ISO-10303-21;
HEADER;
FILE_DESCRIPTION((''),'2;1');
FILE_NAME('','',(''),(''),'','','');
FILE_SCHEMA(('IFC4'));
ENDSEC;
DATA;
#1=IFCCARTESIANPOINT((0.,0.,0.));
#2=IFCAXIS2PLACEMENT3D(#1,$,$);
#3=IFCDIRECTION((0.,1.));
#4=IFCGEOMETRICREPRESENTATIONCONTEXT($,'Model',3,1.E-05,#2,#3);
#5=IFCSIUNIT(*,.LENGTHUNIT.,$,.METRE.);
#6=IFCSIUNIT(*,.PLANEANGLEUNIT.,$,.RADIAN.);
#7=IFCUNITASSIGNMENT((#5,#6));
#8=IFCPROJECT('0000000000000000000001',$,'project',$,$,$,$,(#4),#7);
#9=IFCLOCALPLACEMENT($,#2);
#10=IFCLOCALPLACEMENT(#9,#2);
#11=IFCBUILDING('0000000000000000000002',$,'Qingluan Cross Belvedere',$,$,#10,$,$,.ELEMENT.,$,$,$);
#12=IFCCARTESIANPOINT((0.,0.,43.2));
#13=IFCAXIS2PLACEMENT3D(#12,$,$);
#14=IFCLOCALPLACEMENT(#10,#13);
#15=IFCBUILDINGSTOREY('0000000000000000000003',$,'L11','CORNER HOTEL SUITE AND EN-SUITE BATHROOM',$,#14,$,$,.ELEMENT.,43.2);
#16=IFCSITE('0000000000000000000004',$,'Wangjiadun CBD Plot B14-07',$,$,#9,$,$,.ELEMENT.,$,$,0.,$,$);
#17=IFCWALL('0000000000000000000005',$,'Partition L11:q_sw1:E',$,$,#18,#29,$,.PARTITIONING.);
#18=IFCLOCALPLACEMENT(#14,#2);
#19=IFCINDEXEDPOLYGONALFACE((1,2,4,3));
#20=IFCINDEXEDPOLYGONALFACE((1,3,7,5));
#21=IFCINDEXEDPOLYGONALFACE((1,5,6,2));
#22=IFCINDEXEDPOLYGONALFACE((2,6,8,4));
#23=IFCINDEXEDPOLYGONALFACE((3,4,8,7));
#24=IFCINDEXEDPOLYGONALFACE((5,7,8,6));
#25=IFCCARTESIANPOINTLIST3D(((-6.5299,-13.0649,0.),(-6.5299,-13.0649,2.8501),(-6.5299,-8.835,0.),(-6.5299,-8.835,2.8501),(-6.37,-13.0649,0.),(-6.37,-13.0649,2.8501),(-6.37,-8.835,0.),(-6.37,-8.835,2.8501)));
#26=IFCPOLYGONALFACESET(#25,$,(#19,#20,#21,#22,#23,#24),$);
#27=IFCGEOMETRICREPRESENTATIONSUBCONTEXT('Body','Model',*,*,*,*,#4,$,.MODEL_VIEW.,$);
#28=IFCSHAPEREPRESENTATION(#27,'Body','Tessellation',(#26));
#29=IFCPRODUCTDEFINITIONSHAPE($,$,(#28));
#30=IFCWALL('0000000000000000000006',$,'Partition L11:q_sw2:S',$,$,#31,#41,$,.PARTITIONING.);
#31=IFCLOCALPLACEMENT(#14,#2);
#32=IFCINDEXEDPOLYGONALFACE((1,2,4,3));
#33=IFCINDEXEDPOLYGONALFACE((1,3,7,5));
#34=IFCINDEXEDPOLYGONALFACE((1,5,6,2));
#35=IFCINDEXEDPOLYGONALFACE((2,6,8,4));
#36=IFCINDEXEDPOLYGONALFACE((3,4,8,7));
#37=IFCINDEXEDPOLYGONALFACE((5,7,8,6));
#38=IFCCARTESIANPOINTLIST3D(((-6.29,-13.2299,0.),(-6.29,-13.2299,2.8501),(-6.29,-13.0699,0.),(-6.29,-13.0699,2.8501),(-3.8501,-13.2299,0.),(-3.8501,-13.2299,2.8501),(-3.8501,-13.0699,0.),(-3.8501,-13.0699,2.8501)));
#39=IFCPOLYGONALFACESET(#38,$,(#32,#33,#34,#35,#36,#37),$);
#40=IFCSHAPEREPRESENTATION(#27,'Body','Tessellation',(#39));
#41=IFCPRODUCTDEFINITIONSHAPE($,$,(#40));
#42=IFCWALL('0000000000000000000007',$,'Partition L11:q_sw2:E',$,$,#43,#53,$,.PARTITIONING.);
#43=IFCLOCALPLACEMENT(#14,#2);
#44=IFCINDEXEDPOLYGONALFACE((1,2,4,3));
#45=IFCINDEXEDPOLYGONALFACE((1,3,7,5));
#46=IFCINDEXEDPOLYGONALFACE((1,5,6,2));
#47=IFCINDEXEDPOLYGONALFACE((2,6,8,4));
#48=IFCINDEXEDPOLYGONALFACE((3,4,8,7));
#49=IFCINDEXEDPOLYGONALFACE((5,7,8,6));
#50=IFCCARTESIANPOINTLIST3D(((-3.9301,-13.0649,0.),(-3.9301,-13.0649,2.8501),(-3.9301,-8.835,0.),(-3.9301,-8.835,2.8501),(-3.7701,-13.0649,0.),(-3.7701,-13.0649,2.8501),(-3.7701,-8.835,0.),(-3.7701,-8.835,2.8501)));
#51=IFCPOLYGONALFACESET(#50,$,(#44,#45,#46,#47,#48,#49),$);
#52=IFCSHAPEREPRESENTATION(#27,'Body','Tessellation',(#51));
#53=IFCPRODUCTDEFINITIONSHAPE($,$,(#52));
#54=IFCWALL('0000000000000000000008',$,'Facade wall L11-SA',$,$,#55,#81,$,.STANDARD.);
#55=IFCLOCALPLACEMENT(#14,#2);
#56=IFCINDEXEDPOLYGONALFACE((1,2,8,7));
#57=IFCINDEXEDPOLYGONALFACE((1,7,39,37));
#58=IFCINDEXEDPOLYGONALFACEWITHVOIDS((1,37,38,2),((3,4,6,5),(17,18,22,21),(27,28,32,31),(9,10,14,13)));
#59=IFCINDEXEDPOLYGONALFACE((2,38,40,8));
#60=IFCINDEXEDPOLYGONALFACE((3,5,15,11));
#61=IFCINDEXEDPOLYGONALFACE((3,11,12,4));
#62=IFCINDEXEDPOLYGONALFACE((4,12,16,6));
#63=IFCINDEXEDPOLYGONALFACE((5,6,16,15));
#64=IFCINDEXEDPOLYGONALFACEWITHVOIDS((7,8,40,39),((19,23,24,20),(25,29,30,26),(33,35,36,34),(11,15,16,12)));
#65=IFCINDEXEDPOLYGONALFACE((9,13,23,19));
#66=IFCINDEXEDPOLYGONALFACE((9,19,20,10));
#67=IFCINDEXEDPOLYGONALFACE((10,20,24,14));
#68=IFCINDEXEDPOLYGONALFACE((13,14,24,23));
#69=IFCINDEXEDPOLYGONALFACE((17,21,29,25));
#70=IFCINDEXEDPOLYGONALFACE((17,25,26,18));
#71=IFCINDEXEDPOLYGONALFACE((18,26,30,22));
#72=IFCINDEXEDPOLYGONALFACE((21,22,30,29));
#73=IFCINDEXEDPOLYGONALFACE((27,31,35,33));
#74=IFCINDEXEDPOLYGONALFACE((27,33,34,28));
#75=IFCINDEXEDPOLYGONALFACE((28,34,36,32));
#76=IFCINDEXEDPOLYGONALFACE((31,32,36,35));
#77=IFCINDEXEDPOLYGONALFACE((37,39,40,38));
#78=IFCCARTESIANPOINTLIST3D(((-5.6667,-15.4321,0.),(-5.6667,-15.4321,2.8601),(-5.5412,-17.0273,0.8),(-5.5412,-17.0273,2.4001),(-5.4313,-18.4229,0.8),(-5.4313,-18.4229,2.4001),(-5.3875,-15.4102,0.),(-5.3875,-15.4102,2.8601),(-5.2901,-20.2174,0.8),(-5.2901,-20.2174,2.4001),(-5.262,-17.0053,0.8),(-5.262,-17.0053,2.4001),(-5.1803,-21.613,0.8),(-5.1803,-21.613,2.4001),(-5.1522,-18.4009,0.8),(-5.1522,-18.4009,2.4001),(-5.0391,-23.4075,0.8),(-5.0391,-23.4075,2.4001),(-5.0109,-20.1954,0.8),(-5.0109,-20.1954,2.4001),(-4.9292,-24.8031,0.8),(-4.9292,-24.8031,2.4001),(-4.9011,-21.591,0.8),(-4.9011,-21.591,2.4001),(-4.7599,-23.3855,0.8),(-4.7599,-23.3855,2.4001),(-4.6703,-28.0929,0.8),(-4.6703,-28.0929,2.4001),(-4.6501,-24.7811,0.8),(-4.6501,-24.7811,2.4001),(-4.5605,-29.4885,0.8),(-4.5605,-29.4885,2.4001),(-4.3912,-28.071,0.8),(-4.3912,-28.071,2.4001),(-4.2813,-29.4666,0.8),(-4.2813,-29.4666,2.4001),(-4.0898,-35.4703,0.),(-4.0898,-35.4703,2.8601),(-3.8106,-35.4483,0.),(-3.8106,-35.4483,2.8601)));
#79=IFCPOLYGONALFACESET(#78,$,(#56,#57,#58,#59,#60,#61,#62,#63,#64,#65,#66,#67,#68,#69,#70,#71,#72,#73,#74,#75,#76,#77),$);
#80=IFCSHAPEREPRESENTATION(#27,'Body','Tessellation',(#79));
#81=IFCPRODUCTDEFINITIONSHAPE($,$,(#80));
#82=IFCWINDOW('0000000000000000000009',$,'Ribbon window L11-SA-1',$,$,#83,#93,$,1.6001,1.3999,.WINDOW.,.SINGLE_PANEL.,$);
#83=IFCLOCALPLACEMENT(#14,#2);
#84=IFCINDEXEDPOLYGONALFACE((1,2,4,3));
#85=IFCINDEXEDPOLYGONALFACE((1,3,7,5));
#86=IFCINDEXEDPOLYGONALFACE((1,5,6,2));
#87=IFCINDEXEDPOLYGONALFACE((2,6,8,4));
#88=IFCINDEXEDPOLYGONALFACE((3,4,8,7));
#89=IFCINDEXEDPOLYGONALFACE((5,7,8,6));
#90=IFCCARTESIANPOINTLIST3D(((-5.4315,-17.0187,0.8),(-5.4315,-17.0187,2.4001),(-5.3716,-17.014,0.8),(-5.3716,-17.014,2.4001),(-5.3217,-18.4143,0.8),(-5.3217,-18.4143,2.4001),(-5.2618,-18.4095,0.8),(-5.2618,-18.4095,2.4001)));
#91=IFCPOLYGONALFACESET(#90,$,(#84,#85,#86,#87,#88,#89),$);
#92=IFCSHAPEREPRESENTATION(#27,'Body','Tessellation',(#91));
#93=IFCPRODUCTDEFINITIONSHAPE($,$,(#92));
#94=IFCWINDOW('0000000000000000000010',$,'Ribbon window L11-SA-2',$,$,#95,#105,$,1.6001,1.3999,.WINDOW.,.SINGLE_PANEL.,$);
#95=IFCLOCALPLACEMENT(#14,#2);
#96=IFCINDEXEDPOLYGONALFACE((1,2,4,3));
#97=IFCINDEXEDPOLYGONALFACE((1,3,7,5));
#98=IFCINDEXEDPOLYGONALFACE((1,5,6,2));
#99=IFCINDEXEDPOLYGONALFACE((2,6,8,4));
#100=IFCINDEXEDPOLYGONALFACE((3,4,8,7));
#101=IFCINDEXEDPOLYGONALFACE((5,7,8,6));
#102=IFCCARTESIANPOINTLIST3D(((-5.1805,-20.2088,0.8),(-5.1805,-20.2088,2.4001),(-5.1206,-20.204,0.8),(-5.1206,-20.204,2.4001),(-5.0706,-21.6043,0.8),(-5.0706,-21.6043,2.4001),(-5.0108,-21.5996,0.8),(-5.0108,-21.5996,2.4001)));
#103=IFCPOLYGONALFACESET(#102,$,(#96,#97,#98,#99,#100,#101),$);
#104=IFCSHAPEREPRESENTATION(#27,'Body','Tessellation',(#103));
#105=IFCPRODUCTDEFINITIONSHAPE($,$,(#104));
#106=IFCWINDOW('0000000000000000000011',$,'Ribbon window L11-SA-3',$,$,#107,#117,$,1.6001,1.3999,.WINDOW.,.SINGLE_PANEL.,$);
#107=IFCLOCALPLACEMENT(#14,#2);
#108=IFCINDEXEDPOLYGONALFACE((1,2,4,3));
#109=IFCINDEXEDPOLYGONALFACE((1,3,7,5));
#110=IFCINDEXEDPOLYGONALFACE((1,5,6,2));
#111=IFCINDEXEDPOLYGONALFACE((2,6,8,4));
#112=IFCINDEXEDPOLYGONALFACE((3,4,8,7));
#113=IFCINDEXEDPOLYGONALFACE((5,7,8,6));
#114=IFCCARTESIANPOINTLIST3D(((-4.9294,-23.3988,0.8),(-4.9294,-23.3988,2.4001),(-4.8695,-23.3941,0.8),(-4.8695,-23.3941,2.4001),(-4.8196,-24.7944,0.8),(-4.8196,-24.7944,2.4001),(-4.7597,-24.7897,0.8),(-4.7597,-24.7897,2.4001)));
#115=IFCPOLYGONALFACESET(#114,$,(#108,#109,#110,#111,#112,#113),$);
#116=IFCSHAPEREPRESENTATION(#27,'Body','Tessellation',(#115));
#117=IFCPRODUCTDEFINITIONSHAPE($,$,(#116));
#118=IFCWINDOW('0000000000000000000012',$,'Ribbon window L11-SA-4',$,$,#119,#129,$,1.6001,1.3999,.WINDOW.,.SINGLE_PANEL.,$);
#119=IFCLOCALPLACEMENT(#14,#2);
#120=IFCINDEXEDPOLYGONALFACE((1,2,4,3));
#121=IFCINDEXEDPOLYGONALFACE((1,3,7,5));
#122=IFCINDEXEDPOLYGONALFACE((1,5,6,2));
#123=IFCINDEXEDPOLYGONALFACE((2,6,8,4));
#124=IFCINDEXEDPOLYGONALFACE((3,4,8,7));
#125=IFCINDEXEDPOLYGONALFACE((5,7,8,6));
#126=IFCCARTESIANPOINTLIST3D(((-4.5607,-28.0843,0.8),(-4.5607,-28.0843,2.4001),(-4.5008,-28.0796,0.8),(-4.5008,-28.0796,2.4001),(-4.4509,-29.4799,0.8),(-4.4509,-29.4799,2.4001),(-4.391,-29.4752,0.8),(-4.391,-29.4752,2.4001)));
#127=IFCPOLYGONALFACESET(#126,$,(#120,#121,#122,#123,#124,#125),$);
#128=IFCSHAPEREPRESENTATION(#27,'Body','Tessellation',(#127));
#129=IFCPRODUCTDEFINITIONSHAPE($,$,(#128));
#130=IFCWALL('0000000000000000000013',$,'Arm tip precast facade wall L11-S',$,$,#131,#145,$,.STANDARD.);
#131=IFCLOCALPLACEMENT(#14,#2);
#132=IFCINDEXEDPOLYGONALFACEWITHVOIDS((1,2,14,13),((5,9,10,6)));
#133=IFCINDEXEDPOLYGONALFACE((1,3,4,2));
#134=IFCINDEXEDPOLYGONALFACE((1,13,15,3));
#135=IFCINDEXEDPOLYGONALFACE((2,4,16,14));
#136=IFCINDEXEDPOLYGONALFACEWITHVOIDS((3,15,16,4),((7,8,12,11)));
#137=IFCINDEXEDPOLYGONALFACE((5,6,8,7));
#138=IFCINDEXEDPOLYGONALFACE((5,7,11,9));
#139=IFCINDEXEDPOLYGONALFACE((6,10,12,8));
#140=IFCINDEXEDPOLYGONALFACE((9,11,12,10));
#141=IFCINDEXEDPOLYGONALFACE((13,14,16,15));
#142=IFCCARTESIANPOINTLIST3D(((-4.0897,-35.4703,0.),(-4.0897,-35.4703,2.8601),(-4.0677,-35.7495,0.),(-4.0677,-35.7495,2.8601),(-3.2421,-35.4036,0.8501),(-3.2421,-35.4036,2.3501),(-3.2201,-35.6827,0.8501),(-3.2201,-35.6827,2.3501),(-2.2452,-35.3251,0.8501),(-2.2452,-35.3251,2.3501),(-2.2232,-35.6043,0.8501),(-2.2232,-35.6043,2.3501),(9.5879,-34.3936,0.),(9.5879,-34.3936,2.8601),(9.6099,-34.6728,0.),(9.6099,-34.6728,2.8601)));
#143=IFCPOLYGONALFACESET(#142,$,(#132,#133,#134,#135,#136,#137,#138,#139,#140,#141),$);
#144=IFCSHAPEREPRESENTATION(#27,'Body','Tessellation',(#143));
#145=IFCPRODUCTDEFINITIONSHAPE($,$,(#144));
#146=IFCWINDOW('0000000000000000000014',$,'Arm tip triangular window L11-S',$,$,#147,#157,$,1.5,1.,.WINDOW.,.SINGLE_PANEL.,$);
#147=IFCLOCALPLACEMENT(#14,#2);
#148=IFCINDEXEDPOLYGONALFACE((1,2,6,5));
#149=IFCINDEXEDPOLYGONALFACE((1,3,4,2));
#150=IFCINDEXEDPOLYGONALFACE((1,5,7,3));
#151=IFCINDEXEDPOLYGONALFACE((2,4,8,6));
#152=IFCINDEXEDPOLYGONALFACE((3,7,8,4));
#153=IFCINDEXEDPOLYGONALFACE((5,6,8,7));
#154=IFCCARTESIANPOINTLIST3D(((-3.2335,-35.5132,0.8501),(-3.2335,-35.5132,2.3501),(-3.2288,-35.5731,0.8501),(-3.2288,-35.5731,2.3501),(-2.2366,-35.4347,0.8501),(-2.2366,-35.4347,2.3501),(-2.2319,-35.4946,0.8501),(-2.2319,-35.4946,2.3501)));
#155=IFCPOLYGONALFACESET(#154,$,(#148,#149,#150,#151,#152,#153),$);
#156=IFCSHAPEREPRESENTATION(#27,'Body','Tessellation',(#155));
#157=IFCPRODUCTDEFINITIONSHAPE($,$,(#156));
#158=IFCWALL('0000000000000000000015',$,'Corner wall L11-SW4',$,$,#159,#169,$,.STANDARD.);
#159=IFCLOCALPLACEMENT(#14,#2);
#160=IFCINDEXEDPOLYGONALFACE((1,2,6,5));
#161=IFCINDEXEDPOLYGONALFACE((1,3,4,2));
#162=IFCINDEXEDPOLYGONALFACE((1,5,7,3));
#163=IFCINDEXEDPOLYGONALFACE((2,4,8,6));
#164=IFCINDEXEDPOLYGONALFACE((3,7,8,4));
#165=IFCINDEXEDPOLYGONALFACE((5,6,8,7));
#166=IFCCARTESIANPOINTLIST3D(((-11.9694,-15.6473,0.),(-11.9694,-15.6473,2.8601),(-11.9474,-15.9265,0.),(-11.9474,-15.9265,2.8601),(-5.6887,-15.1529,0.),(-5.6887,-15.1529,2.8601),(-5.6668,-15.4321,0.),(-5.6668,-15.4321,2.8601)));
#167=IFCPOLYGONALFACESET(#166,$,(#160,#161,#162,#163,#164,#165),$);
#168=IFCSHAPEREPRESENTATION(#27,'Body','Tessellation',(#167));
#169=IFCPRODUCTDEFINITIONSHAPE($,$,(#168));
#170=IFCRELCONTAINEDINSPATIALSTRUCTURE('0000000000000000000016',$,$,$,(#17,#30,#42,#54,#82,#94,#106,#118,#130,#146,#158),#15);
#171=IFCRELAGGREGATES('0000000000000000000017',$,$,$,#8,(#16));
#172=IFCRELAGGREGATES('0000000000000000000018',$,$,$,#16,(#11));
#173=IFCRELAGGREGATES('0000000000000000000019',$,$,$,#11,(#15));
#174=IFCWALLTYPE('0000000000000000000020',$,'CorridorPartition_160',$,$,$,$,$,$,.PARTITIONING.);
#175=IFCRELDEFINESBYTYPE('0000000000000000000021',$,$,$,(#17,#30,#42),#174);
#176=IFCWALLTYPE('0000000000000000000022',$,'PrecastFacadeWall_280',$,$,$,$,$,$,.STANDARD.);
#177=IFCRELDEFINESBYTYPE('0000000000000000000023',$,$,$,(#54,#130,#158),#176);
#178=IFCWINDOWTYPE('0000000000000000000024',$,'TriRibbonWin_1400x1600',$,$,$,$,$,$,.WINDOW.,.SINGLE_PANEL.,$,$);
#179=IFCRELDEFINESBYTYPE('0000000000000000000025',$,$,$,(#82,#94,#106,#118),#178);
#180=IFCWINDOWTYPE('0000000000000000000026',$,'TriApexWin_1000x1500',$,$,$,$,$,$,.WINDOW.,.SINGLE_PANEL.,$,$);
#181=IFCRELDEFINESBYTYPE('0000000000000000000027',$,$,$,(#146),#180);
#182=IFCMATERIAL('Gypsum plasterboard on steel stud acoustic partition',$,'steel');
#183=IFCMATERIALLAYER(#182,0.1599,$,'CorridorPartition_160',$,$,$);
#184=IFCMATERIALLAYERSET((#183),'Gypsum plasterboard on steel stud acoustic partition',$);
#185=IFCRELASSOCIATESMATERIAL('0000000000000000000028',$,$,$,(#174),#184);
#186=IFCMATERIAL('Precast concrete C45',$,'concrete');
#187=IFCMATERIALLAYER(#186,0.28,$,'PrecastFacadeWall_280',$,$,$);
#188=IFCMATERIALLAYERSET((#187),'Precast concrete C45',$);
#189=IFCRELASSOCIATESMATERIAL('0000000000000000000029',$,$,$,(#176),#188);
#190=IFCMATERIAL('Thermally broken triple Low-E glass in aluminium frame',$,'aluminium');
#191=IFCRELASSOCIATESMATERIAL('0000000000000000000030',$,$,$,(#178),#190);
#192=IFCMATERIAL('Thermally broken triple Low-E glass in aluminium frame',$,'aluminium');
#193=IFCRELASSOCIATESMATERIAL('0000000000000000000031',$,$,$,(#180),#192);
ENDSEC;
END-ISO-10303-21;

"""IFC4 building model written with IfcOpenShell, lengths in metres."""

from ifc_helpers import new_model, si_unit, direction, frame, frame_2d, origin, place, context, subcontext, project, spatial, rectangle, extrude, material, layer, layer_set, type_object, element, fill, save


model = new_model("IFC4")

# Units and contexts
model_context = context("Model", 3, precision=1e-05, world=origin(), true_north=direction((0.0, 1.0)))
body_context = subcontext(model_context, "Body", "Model", "MODEL_VIEW")
ifc_project = project(units=[si_unit("LENGTHUNIT", "METRE"), si_unit("PLANEANGLEUNIT", "RADIAN")], contexts=[model_context])

# Site, building, storey
site_placement = place(None, origin())
site = spatial("IfcSite", under=ifc_project, at=site_placement, Name="Wangjiadun CBD Plot B14-07", CompositionType="ELEMENT", RefElevation=0.0)
building_placement = place(site_placement, origin())
building = spatial("IfcBuilding", under=site, at=building_placement, Name="Qingluan Cross Belvedere", CompositionType="ELEMENT")
storey_placement = place(building_placement, frame((0.0, 0.0, 43.2)))
storey = spatial("IfcBuildingStorey", under=building, at=storey_placement, Name="L11", Description="CORNER HOTEL SUITE AND EN-SUITE BATHROOM", CompositionType="ELEMENT", Elevation=43.2)

# Walls
ifc_material_1 = material(Name="Gypsum plasterboard on steel stud acoustic partition", Category="steel")
ifc_layer_1 = layer(ifc_material_1, 0.1599, Name="CorridorPartition_160")
ifc_layer_set_1 = layer_set([ifc_layer_1], Name="Gypsum plasterboard on steel stud acoustic partition")
wall_type_1 = type_object("IfcWallType", Name="CorridorPartition_160", PredefinedType="PARTITIONING", material=ifc_layer_set_1)
wall_1_placement = place(storey_placement, frame((-6.45, -13.0649, 0.0), z_axis=(0.0, 0.0, 1.0), x_axis=(0.0, 1.0, 0.0)))
element("IfcWall", 1, at=wall_1_placement, inside=storey, type_object=wall_type_1, Name="Partition L11:q_sw1:E", PredefinedType="PARTITIONING", context=body_context, shape_type="SweptSolid", body=[
    extrude(rectangle(XDim=4.23, YDim=0.1599, at=frame_2d((2.115, 0.0))), origin(), (0.0, 0.0, 1.0), 2.8501),
])
wall_2_placement = place(storey_placement, frame((-6.29, -13.1499, 0.0), z_axis=(0.0, 0.0, 1.0), x_axis=(1.0, 0.0, 0.0)))
element("IfcWall", 2, at=wall_2_placement, inside=storey, type_object=wall_type_1, Name="Partition L11:q_sw2:S", PredefinedType="PARTITIONING", context=body_context, shape_type="SweptSolid", body=[
    extrude(rectangle(XDim=2.4399, YDim=0.1599, at=frame_2d((1.22, 0.0))), origin(), (0.0, 0.0, 1.0), 2.8501),
])

# Wall
wall_3_placement = place(storey_placement, frame((-3.8501, -13.0649, 0.0), z_axis=(0.0, 0.0, 1.0), x_axis=(0.0, 1.0, 0.0)))
element("IfcWall", 3, at=wall_3_placement, inside=storey, type_object=wall_type_1, Name="Partition L11:q_sw2:E", PredefinedType="PARTITIONING", context=body_context, shape_type="SweptSolid", body=[
    extrude(rectangle(XDim=4.23, YDim=0.1599, at=frame_2d((2.115, 0.0))), origin(), (0.0, 0.0, 1.0), 2.8501),
])

# Wall, openings, windows
ifc_material_2 = material(Name="Precast concrete C45", Category="concrete")
ifc_layer_2 = layer(ifc_material_2, 0.28, Name="PrecastFacadeWall_280")
ifc_layer_set_2 = layer_set([ifc_layer_2], Name="Precast concrete C45")
wall_type_2 = type_object("IfcWallType", Name="PrecastFacadeWall_280", PredefinedType="STANDARD", material=ifc_layer_set_2)
wall_4_placement = place(storey_placement, frame((-5.5271, -15.4211, 0.0), z_axis=(0.0, 0.0, 1.0), x_axis=(0.078453, -0.996918, 0.0)))
wall_4 = element("IfcWall", 4, at=wall_4_placement, inside=storey, type_object=wall_type_2, Name="Facade wall L11-SA", PredefinedType="STANDARD", context=body_context, shape_type="SweptSolid", body=[
    extrude(rectangle(XDim=20.1001, YDim=0.28, at=frame_2d((10.05, 0.0))), origin(), (0.0, 0.0, 1.0), 2.8601),
])
opening_1_placement = place(wall_4_placement, frame((1.6001, 0.0, 0.8)))
opening_1 = element("IfcOpeningElement", 5, at=opening_1_placement, cuts=wall_4, PredefinedType="OPENING", context=body_context, shape_type="SweptSolid", body=[
    extrude(rectangle(XDim=1.3999, YDim=1.6001, at=frame_2d((0.7, 0.8))), frame((0.0, 0.1499, 0.0), z_axis=(0.0, -1.0, 0.0), x_axis=(1.0, 0.0, 0.0)), (0.0, 0.0, 1.0), 0.3),
])
opening_2_placement = place(wall_4_placement, frame((4.8, 0.0, 0.8)))
opening_2 = element("IfcOpeningElement", 6, at=opening_2_placement, cuts=wall_4, PredefinedType="OPENING", context=body_context, shape_type="SweptSolid", body=[
    extrude(rectangle(XDim=1.3999, YDim=1.6001, at=frame_2d((0.7, 0.8))), frame((0.0, 0.1499, 0.0), z_axis=(0.0, -1.0, 0.0), x_axis=(1.0, 0.0, 0.0)), (0.0, 0.0, 1.0), 0.3),
])
opening_3_placement = place(wall_4_placement, frame((8.0, 0.0, 0.8)))
opening_3 = element("IfcOpeningElement", 7, at=opening_3_placement, cuts=wall_4, PredefinedType="OPENING", context=body_context, shape_type="SweptSolid", body=[
    extrude(rectangle(XDim=1.3999, YDim=1.6001, at=frame_2d((0.7, 0.8))), frame((0.0, 0.1499, 0.0), z_axis=(0.0, -1.0, 0.0), x_axis=(1.0, 0.0, 0.0)), (0.0, 0.0, 1.0), 0.3),
])
opening_4_placement = place(wall_4_placement, frame((12.7, 0.0, 0.8)))
opening_4 = element("IfcOpeningElement", 8, at=opening_4_placement, cuts=wall_4, PredefinedType="OPENING", context=body_context, shape_type="SweptSolid", body=[
    extrude(rectangle(XDim=1.3999, YDim=1.6001, at=frame_2d((0.7, 0.8))), frame((0.0, 0.1499, 0.0), z_axis=(0.0, -1.0, 0.0), x_axis=(1.0, 0.0, 0.0)), (0.0, 0.0, 1.0), 0.3),
])
ifc_material_3 = material(Name="Thermally broken triple Low-E glass in aluminium frame", Category="aluminium")
window_type_1 = type_object("IfcWindowType", Name="TriRibbonWin_1400x1600", PartitioningType="SINGLE_PANEL", PredefinedType="WINDOW", material=ifc_material_3)
window_1_placement = place(opening_1_placement, origin())
window_1 = element("IfcWindow", 9, at=window_1_placement, inside=storey, type_object=window_type_1, Name="Ribbon window L11-SA-1", OverallHeight=1.6001, OverallWidth=1.3999, PartitioningType="SINGLE_PANEL", PredefinedType="WINDOW", context=body_context, shape_type="SweptSolid", body=[
    extrude(rectangle(XDim=1.3999, YDim=1.6001, at=frame_2d((0.7, 0.8))), frame((0.0, 0.03, 0.0), z_axis=(0.0, -1.0, 0.0), x_axis=(1.0, 0.0, 0.0)), (0.0, 0.0, 1.0), 0.0601),
])
fill(opening_1, window_1)
window_2_placement = place(opening_2_placement, origin())
window_2 = element("IfcWindow", 10, at=window_2_placement, inside=storey, type_object=window_type_1, Name="Ribbon window L11-SA-2", OverallHeight=1.6001, OverallWidth=1.3999, PartitioningType="SINGLE_PANEL", PredefinedType="WINDOW", context=body_context, shape_type="SweptSolid", body=[
    extrude(rectangle(XDim=1.3999, YDim=1.6001, at=frame_2d((0.7, 0.8))), frame((0.0, 0.03, 0.0), z_axis=(0.0, -1.0, 0.0), x_axis=(1.0, 0.0, 0.0)), (0.0, 0.0, 1.0), 0.0601),
])
fill(opening_2, window_2)
window_3_placement = place(opening_3_placement, origin())
window_3 = element("IfcWindow", 11, at=window_3_placement, inside=storey, type_object=window_type_1, Name="Ribbon window L11-SA-3", OverallHeight=1.6001, OverallWidth=1.3999, PartitioningType="SINGLE_PANEL", PredefinedType="WINDOW", context=body_context, shape_type="SweptSolid", body=[
    extrude(rectangle(XDim=1.3999, YDim=1.6001, at=frame_2d((0.7, 0.8))), frame((0.0, 0.03, 0.0), z_axis=(0.0, -1.0, 0.0), x_axis=(1.0, 0.0, 0.0)), (0.0, 0.0, 1.0), 0.0601),
])
fill(opening_3, window_3)
window_4_placement = place(opening_4_placement, origin())
window_4 = element("IfcWindow", 12, at=window_4_placement, inside=storey, type_object=window_type_1, Name="Ribbon window L11-SA-4", OverallHeight=1.6001, OverallWidth=1.3999, PartitioningType="SINGLE_PANEL", PredefinedType="WINDOW", context=body_context, shape_type="SweptSolid", body=[
    extrude(rectangle(XDim=1.3999, YDim=1.6001, at=frame_2d((0.7, 0.8))), frame((0.0, 0.03, 0.0), z_axis=(0.0, -1.0, 0.0), x_axis=(1.0, 0.0, 0.0)), (0.0, 0.0, 1.0), 0.0601),
])
fill(opening_4, window_4)

# Wall, opening, window
wall_5_placement = place(storey_placement, frame((-4.0786, -35.6099, 0.0), z_axis=(0.0, 0.0, 1.0), x_axis=(0.996916, 0.078474, 0.0)))
wall_5 = element("IfcWall", 13, at=wall_5_placement, inside=storey, type_object=wall_type_2, Name="Arm tip precast facade wall L11-S", PredefinedType="STANDARD", context=body_context, shape_type="SweptSolid", body=[
    extrude(rectangle(XDim=13.72, YDim=0.28, at=frame_2d((6.8599, 0.0))), origin(), (0.0, 0.0, 1.0), 2.8601),
])
opening_5_placement = place(wall_5_placement, frame((0.8501, 0.0, 0.8501)))
opening_5 = element("IfcOpeningElement", 14, at=opening_5_placement, cuts=wall_5, PredefinedType="OPENING", context=body_context, shape_type="SweptSolid", body=[
    extrude(rectangle(XDim=1.0, YDim=1.5, at=frame_2d((0.5, 0.75))), frame((0.0, 0.1499, 0.0), z_axis=(0.0, -1.0, 0.0), x_axis=(1.0, 0.0, 0.0)), (0.0, 0.0, 1.0), 0.3),
])
ifc_material_4 = material(Name="Thermally broken triple Low-E glass in aluminium frame", Category="aluminium")
window_type_2 = type_object("IfcWindowType", Name="TriApexWin_1000x1500", PartitioningType="SINGLE_PANEL", PredefinedType="WINDOW", material=ifc_material_4)
window_5_placement = place(opening_5_placement, origin())
window_5 = element("IfcWindow", 15, at=window_5_placement, inside=storey, type_object=window_type_2, Name="Arm tip triangular window L11-S", OverallHeight=1.5, OverallWidth=1.0, PartitioningType="SINGLE_PANEL", PredefinedType="WINDOW", context=body_context, shape_type="SweptSolid", body=[
    extrude(rectangle(XDim=1.0, YDim=1.5, at=frame_2d((0.5, 0.75))), frame((0.0, 0.03, 0.0), z_axis=(0.0, -1.0, 0.0), x_axis=(1.0, 0.0, 0.0)), (0.0, 0.0, 1.0), 0.0601),
])
fill(opening_5, window_5)

# Wall
wall_6_placement = place(storey_placement, frame((-11.9583, -15.7869, 0.0), z_axis=(0.0, 0.0, 1.0), x_axis=(0.996916, 0.078474, 0.0)))
element("IfcWall", 16, at=wall_6_placement, inside=storey, type_object=wall_type_2, Name="Corner wall L11-SW4", PredefinedType="STANDARD", context=body_context, shape_type="SweptSolid", body=[
    extrude(rectangle(XDim=6.3, YDim=0.28, at=frame_2d((3.1499, 0.0))), origin(), (0.0, 0.0, 1.0), 2.8601),
])

save(model, "model.ifc")
